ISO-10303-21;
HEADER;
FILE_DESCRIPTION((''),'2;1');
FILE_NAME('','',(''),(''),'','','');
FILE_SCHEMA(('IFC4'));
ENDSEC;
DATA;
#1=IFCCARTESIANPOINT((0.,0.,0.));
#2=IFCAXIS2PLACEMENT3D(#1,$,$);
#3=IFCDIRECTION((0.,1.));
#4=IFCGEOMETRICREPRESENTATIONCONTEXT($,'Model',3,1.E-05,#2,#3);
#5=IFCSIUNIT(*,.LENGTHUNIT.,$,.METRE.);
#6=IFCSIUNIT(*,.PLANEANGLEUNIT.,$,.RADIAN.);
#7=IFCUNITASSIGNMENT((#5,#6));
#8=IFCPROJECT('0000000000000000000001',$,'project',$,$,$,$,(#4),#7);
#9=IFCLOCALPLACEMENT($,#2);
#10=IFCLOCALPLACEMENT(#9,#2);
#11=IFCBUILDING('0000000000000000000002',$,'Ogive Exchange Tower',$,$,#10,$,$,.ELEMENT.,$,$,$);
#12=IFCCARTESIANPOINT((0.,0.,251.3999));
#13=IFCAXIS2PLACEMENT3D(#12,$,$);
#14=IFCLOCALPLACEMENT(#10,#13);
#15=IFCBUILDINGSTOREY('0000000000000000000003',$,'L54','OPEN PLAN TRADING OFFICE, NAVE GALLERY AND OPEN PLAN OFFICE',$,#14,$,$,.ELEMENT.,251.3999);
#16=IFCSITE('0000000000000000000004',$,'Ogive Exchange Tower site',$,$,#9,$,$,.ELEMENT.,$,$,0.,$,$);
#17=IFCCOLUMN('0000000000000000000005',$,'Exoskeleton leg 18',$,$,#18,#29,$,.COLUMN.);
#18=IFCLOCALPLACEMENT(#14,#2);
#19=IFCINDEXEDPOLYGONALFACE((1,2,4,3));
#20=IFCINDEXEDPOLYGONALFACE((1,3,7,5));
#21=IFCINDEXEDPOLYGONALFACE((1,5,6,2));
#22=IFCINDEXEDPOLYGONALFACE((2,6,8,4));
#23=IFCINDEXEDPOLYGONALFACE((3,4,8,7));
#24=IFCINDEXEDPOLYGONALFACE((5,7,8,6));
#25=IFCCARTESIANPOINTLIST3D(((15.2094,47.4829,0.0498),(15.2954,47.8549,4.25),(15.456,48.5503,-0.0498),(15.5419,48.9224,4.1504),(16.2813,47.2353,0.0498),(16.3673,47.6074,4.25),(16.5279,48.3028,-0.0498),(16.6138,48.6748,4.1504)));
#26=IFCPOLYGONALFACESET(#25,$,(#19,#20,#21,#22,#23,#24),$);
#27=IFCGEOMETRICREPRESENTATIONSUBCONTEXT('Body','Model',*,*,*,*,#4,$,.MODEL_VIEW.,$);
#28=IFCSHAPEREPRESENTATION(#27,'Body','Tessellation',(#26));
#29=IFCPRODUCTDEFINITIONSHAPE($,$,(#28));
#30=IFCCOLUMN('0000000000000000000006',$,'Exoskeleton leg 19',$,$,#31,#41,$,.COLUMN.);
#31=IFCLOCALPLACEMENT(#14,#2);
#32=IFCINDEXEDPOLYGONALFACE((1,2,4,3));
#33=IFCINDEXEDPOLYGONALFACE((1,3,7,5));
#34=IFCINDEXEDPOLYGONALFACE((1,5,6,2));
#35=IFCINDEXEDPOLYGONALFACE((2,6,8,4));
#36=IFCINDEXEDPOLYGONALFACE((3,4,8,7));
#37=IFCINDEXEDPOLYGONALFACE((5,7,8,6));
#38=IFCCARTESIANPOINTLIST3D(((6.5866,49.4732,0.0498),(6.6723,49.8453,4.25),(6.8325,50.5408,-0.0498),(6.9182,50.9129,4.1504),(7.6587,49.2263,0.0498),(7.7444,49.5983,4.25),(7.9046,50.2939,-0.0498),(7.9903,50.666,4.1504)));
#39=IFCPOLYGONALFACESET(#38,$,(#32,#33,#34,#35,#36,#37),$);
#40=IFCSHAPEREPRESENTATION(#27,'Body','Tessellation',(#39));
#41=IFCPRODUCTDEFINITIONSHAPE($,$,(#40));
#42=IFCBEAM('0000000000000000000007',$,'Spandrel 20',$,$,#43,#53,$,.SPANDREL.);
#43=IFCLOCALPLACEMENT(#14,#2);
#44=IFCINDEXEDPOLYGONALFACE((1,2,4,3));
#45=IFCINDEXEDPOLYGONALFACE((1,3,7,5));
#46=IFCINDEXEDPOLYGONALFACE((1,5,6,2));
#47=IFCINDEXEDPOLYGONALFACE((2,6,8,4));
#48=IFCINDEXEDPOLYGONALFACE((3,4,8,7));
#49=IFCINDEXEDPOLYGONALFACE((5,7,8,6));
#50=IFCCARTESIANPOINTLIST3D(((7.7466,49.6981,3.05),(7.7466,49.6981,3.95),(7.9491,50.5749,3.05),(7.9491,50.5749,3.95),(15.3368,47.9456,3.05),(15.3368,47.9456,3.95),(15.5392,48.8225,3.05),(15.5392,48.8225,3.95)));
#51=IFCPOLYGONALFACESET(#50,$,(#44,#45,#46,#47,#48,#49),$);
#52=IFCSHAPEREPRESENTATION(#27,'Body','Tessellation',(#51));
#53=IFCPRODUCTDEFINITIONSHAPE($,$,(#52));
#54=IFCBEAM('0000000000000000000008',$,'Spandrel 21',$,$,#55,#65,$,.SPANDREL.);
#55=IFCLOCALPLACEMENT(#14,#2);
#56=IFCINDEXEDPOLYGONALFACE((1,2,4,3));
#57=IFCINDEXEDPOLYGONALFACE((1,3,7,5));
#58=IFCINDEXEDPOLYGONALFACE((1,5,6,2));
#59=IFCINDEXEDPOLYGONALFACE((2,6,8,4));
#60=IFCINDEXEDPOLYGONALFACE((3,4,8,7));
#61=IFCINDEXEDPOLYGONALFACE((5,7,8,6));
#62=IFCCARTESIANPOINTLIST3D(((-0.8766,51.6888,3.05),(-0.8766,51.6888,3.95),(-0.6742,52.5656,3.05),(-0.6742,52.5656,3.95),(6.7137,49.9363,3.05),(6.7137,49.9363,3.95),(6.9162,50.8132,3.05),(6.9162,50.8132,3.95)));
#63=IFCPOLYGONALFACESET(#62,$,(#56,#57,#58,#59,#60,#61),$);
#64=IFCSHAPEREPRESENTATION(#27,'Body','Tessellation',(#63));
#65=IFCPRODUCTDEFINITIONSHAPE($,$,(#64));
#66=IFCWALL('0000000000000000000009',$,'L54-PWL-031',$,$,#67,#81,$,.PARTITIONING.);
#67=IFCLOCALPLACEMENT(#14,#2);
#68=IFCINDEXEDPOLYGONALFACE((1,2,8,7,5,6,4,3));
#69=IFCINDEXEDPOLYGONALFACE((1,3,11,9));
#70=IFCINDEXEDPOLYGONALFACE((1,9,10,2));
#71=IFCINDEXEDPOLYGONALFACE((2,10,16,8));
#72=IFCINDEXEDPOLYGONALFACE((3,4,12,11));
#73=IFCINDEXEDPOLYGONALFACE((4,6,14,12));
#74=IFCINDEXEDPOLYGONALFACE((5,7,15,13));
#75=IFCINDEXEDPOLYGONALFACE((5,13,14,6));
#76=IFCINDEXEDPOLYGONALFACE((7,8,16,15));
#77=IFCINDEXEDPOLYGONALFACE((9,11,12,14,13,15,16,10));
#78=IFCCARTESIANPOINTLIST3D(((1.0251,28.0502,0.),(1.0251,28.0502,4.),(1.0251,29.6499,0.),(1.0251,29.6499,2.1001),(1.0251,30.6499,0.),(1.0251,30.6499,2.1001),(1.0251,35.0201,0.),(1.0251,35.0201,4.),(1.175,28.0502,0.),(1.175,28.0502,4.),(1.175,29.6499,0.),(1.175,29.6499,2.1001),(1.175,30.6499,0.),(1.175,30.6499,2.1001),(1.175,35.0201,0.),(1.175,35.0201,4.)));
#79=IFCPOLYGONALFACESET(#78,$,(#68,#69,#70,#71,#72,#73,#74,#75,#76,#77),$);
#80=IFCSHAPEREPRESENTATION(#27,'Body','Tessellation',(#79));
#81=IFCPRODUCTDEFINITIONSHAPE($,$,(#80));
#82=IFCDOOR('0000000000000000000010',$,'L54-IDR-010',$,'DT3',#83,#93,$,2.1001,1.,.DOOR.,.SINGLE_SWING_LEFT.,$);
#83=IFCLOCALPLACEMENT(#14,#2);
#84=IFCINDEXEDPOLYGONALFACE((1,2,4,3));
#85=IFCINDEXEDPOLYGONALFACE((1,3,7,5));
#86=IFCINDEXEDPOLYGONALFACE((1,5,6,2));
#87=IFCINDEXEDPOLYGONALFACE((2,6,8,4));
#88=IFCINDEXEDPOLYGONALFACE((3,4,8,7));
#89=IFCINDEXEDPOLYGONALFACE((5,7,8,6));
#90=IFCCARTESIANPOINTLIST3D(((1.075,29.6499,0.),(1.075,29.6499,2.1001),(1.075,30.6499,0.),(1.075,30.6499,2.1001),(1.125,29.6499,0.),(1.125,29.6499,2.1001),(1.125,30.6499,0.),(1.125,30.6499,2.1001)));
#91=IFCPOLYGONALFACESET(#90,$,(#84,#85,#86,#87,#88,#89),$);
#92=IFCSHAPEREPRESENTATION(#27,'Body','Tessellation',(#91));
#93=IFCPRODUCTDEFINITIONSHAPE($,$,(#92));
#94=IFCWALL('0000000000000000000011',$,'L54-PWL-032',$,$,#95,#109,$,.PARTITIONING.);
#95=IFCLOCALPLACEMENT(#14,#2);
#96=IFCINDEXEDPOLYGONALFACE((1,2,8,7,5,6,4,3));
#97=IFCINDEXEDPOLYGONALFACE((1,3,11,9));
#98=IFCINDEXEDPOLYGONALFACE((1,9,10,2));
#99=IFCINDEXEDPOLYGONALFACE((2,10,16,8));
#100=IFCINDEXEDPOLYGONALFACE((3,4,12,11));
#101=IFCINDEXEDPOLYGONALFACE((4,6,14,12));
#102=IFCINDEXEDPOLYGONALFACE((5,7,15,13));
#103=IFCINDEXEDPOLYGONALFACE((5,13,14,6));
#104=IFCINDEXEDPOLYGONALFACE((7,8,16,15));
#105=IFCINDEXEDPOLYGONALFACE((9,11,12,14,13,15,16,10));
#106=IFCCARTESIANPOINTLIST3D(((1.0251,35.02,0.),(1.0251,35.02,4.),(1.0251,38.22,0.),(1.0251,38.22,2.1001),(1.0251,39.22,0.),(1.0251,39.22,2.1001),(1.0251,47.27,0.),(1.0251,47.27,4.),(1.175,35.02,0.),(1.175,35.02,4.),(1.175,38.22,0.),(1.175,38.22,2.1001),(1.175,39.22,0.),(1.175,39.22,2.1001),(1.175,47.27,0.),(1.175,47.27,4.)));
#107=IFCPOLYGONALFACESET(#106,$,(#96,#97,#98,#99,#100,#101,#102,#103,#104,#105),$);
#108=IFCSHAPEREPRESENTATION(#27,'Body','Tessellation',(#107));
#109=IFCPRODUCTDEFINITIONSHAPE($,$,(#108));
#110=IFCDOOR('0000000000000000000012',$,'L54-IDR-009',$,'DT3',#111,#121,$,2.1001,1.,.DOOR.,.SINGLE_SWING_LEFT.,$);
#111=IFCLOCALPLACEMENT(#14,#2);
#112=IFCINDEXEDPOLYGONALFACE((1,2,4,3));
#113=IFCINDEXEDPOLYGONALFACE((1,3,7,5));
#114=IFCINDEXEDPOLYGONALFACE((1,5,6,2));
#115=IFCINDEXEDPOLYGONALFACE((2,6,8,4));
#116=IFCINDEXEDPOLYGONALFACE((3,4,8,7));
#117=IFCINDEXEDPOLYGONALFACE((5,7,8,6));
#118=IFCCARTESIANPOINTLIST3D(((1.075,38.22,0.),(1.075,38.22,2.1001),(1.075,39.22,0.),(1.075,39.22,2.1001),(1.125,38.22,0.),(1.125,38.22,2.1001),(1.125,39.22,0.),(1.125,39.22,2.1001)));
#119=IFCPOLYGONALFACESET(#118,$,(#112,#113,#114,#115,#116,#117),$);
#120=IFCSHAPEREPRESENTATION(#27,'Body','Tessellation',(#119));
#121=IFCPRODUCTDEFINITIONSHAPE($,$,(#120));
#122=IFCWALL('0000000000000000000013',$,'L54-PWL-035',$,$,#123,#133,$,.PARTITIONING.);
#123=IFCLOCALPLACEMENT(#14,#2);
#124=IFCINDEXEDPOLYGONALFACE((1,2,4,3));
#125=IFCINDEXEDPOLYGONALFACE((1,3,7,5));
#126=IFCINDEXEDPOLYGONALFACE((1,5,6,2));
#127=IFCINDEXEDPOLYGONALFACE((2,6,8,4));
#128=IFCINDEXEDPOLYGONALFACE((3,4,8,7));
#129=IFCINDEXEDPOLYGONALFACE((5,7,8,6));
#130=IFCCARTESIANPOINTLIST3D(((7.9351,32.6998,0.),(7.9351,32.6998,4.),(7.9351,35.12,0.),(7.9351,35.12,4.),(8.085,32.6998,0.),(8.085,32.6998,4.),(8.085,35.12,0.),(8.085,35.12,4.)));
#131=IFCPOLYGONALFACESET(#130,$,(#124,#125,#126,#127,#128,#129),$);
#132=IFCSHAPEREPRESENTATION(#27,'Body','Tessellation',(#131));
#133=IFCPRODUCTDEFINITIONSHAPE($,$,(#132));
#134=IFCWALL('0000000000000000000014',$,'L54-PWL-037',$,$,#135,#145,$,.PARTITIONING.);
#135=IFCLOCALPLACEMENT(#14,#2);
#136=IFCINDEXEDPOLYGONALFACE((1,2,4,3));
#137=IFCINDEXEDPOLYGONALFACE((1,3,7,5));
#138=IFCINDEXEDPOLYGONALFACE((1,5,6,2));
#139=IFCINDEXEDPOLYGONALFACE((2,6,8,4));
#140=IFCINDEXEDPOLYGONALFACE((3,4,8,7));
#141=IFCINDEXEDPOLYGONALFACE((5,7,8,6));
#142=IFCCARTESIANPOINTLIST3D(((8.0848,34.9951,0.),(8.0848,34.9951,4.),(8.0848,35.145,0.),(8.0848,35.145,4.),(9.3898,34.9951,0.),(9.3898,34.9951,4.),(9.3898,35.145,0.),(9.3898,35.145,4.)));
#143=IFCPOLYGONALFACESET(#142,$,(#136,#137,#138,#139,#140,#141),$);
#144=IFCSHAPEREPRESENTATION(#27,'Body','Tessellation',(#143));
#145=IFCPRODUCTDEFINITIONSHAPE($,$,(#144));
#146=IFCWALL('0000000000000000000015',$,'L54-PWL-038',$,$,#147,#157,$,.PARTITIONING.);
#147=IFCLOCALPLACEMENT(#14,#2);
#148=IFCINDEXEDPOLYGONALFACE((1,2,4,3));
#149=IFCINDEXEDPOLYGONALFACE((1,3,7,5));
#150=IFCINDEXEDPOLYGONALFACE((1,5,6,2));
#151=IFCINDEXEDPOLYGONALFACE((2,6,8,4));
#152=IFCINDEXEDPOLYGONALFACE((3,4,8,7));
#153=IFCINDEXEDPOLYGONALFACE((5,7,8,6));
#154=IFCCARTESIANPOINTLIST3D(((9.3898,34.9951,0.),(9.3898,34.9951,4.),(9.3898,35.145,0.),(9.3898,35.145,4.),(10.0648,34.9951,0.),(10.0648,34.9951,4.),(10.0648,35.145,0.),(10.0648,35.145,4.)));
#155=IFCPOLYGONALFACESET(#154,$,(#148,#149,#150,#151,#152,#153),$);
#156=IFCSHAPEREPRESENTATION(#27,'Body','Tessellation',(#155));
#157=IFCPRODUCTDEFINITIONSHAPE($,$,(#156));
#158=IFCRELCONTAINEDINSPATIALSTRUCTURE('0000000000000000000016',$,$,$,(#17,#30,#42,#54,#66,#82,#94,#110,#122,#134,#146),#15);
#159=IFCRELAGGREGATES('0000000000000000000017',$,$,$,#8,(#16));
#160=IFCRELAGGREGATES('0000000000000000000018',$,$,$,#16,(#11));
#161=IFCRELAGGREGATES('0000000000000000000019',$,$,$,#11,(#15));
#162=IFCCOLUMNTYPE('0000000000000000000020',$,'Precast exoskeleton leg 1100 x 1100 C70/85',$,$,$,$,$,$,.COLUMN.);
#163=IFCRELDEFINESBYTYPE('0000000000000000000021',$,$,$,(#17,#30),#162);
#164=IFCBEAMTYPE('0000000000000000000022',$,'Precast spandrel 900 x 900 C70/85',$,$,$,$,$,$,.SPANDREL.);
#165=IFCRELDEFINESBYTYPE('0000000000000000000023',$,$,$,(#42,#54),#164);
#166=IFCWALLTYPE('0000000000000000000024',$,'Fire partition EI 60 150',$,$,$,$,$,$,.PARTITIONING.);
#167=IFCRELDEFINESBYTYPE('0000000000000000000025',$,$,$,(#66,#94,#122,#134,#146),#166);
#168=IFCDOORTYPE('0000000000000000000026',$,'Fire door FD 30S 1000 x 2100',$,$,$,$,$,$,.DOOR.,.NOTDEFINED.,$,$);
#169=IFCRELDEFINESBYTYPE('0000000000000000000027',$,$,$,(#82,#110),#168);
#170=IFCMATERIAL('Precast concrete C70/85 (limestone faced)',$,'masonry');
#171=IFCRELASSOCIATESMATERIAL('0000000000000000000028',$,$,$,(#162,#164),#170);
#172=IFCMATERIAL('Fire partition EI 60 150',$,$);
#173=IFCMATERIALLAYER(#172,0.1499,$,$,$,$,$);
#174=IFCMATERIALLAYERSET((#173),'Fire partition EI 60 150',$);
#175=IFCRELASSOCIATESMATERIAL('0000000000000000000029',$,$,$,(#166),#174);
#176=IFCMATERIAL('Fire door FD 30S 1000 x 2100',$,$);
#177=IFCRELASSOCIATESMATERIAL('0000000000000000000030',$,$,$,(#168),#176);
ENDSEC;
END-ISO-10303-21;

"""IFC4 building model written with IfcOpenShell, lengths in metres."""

from ifc_helpers import new_model, si_unit, direction, frame, frame_2d, origin, origin_2d, place, context, subcontext, project, spatial, rectangle, extrude, material, layer, layer_set, material_profile, profile_set, type_object, element, fill, save


model = new_model("IFC4")

# Units and contexts
model_context = context("Model", 3, precision=1e-05, world=origin(), true_north=direction((0.0, 1.0)))
body_context = subcontext(model_context, "Body", "Model", "MODEL_VIEW")
ifc_project = project(units=[si_unit("LENGTHUNIT", "METRE"), si_unit("PLANEANGLEUNIT", "RADIAN")], contexts=[model_context])

# Site, building, storey
site_placement = place(None, origin())
site = spatial("IfcSite", under=ifc_project, at=site_placement, Name="Ogive Exchange Tower site", CompositionType="ELEMENT", RefElevation=0.0)
building_placement = place(site_placement, origin())
building = spatial("IfcBuilding", under=site, at=building_placement, Name="Ogive Exchange Tower", CompositionType="ELEMENT")
storey_placement = place(building_placement, frame((0.0, 0.0, 251.3999)))
storey = spatial("IfcBuildingStorey", under=building, at=storey_placement, Name="L54", Description="OPEN PLAN TRADING OFFICE, NAVE GALLERY AND OPEN PLAN OFFICE", CompositionType="ELEMENT", Elevation=251.3999)

# Columns
ifc_material_1 = material(Name="Precast concrete C70/85 (limestone faced)", Category="masonry")
ifc_material_profile_1 = material_profile(ifc_material_1, rectangle(XDim=1.1001, YDim=1.1001, at=origin_2d()), Name="1100 x 1100")
ifc_profile_set_1 = profile_set([ifc_material_profile_1], Name="Precast concrete C70/85 (limestone faced)")
column_type = type_object("IfcColumnType", Name="Precast exoskeleton leg 1100 x 1100 C70/85", PredefinedType="COLUMN", material=ifc_profile_set_1)
for number, where, z_axis, x_axis, name in (
    (1, (15.8687, 47.8928, 0.0), (0.020376, 0.08822, 0.995893), (-0.974348, 0.225046, 0.0), "Exoskeleton leg 18"),
    (2, (7.2456, 49.8835, 0.0), (0.020318, 0.08822, 0.995894), (-0.974488, 0.224439, 0.0), "Exoskeleton leg 19"),
):
    element("IfcColumn", number, at=place(storey_placement, frame(where, z_axis=z_axis, x_axis=x_axis)), inside=storey, type_object=column_type, Name=name, PredefinedType="COLUMN", context=body_context, shape_type="SweptSolid", body=[
        extrude(rectangle(XDim=1.1001, YDim=1.1001, at=origin_2d()), origin(), (0.0, 0.0, 1.0), 4.2175),
    ])

# Beams
ifc_material_profile_2 = material_profile(ifc_material_1, rectangle(XDim=0.8999, YDim=0.8999, at=origin_2d()), Name="900 x 900")
ifc_profile_set_2 = profile_set([ifc_material_profile_2], Name="Precast concrete C70/85 (limestone faced)")
beam_type = type_object("IfcBeamType", Name="Precast spandrel 900 x 900 C70/85", PredefinedType="SPANDREL", material=ifc_profile_set_2)
beam_1_placement = place(storey_placement, frame((15.438, 48.384, 3.5), z_axis=(-0.974366, 0.224967, 0.0), x_axis=(-0.224967, -0.974366, 0.0)))
element("IfcBeam", 3, at=beam_1_placement, inside=storey, type_object=beam_type, Name="Spandrel 20", PredefinedType="SPANDREL", context=body_context, shape_type="SweptSolid", body=[
    extrude(rectangle(XDim=0.8999, YDim=0.8999, at=origin_2d()), origin(), (0.0, 0.0, 1.0), 7.7898),
])
beam_2_placement = place(storey_placement, frame((6.8149, 50.3748, 3.5), z_axis=(-0.974368, 0.22496, 0.0), x_axis=(-0.22496, -0.974368, 0.0)))
element("IfcBeam", 4, at=beam_2_placement, inside=storey, type_object=beam_type, Name="Spandrel 21", PredefinedType="SPANDREL", context=body_context, shape_type="SweptSolid", body=[
    extrude(rectangle(XDim=0.8999, YDim=0.8999, at=origin_2d()), origin(), (0.0, 0.0, 1.0), 7.79),
])

# Walls, openings, doors
ifc_material_2 = material(Name="Fire partition EI 60 150")
ifc_layer_1 = layer(ifc_material_2, 0.1499)
ifc_layer_set_1 = layer_set([ifc_layer_1], Name="Fire partition EI 60 150")
wall_type_1 = type_object("IfcWallType", Name="Fire partition EI 60 150", PredefinedType="PARTITIONING", material=ifc_layer_set_1)
wall_1_placement = place(storey_placement, frame((1.1001, 35.02, 0.0), z_axis=(0.0, 0.0, 1.0), x_axis=(0.0, -1.0, 0.0)))
wall_1 = element("IfcWall", 5, at=wall_1_placement, inside=storey, type_object=wall_type_1, Name="L54-PWL-031", PredefinedType="PARTITIONING", context=body_context, shape_type="SweptSolid", body=[
    extrude(rectangle(XDim=6.97, YDim=0.1499, at=frame_2d((3.4849, 0.0))), origin(), (0.0, 0.0, 1.0), 4.0),
])
opening_1_placement = place(wall_1_placement, frame((4.3701, 0.0, 0.0)))
opening_1 = element("IfcOpeningElement", 6, at=opening_1_placement, cuts=wall_1, PredefinedType="OPENING", context=body_context, shape_type="SweptSolid", body=[
    extrude(rectangle(XDim=1.0, YDim=2.1001, at=frame_2d((0.5, 1.05))), frame((0.0, 0.085, 0.0), z_axis=(0.0, -1.0, 0.0), x_axis=(1.0, 0.0, 0.0)), (0.0, 0.0, 1.0), 0.1699),
])
ifc_material_3 = material(Name="Fire door FD 30S 1000 x 2100")
door_type_1 = type_object("IfcDoorType", Name="Fire door FD 30S 1000 x 2100", OperationType="NOTDEFINED", PredefinedType="DOOR", material=ifc_material_3)
door_1_placement = place(opening_1_placement, origin())
door_1 = element("IfcDoor", 7, at=door_1_placement, inside=storey, type_object=door_type_1, Name="L54-IDR-010", ObjectType="DT3", OperationType="SINGLE_SWING_LEFT", OverallHeight=2.1001, OverallWidth=1.0, PredefinedType="DOOR", context=body_context, shape_type="SweptSolid", body=[
    extrude(rectangle(XDim=1.0, YDim=2.1001, at=frame_2d((0.5, 1.05))), frame((0.0, 0.0249, 0.0), z_axis=(0.0, -1.0, 0.0), x_axis=(1.0, 0.0, 0.0)), (0.0, 0.0, 1.0), 0.05),
])
fill(opening_1, door_1)
wall_2_placement = place(storey_placement, frame((1.1001, 47.27, 0.0), z_axis=(0.0, 0.0, 1.0), x_axis=(0.0, -1.0, 0.0)))
wall_2 = element("IfcWall", 8, at=wall_2_placement, inside=storey, type_object=wall_type_1, Name="L54-PWL-032", PredefinedType="PARTITIONING", context=body_context, shape_type="SweptSolid", body=[
    extrude(rectangle(XDim=12.25, YDim=0.1499, at=frame_2d((6.125, 0.0))), origin(), (0.0, 0.0, 1.0), 4.0),
])
opening_2_placement = place(wall_2_placement, frame((8.05, 0.0, 0.0)))
opening_2 = element("IfcOpeningElement", 9, at=opening_2_placement, cuts=wall_2, PredefinedType="OPENING", context=body_context, shape_type="SweptSolid", body=[
    extrude(rectangle(XDim=1.0, YDim=2.1001, at=frame_2d((0.5, 1.05))), frame((0.0, 0.085, 0.0), z_axis=(0.0, -1.0, 0.0), x_axis=(1.0, 0.0, 0.0)), (0.0, 0.0, 1.0), 0.1699),
])
door_2_placement = place(opening_2_placement, origin())
door_2 = element("IfcDoor", 10, at=door_2_placement, inside=storey, type_object=door_type_1, Name="L54-IDR-009", ObjectType="DT3", OperationType="SINGLE_SWING_LEFT", OverallHeight=2.1001, OverallWidth=1.0, PredefinedType="DOOR", context=body_context, shape_type="SweptSolid", body=[
    extrude(rectangle(XDim=1.0, YDim=2.1001, at=frame_2d((0.5, 1.05))), frame((0.0, 0.0249, 0.0), z_axis=(0.0, -1.0, 0.0), x_axis=(1.0, 0.0, 0.0)), (0.0, 0.0, 1.0), 0.05),
])
fill(opening_2, door_2)

# Walls
wall_3_placement = place(storey_placement, frame((8.01, 32.7, 0.0), z_axis=(0.0, 0.0, 1.0), x_axis=(0.0, 1.0, 0.0)))
element("IfcWall", 11, at=wall_3_placement, inside=storey, type_object=wall_type_1, Name="L54-PWL-035", PredefinedType="PARTITIONING", context=body_context, shape_type="SweptSolid", body=[
    extrude(rectangle(XDim=2.4202, YDim=0.1499, at=frame_2d((1.21, 0.0))), origin(), (0.0, 0.0, 1.0), 4.0),
])
wall_4_placement = place(storey_placement, frame((8.085, 35.0701, 0.0), z_axis=(0.0, 0.0, 1.0), x_axis=(1.0, 0.0, 0.0)))
element("IfcWall", 12, at=wall_4_placement, inside=storey, type_object=wall_type_1, Name="L54-PWL-037", PredefinedType="PARTITIONING", context=body_context, shape_type="SweptSolid", body=[
    extrude(rectangle(XDim=1.3049, YDim=0.1499, at=frame_2d((0.6523, 0.0))), origin(), (0.0, 0.0, 1.0), 4.0),
])
wall_5_placement = place(storey_placement, frame((9.3899, 35.0701, 0.0), z_axis=(0.0, 0.0, 1.0), x_axis=(1.0, 0.0, 0.0)))
element("IfcWall", 13, at=wall_5_placement, inside=storey, type_object=wall_type_1, Name="L54-PWL-038", PredefinedType="PARTITIONING", context=body_context, shape_type="SweptSolid", body=[
    extrude(rectangle(XDim=0.675, YDim=0.1499, at=frame_2d((0.3374, 0.0))), origin(), (0.0, 0.0, 1.0), 4.0),
])

save(model, "model.ifc")
